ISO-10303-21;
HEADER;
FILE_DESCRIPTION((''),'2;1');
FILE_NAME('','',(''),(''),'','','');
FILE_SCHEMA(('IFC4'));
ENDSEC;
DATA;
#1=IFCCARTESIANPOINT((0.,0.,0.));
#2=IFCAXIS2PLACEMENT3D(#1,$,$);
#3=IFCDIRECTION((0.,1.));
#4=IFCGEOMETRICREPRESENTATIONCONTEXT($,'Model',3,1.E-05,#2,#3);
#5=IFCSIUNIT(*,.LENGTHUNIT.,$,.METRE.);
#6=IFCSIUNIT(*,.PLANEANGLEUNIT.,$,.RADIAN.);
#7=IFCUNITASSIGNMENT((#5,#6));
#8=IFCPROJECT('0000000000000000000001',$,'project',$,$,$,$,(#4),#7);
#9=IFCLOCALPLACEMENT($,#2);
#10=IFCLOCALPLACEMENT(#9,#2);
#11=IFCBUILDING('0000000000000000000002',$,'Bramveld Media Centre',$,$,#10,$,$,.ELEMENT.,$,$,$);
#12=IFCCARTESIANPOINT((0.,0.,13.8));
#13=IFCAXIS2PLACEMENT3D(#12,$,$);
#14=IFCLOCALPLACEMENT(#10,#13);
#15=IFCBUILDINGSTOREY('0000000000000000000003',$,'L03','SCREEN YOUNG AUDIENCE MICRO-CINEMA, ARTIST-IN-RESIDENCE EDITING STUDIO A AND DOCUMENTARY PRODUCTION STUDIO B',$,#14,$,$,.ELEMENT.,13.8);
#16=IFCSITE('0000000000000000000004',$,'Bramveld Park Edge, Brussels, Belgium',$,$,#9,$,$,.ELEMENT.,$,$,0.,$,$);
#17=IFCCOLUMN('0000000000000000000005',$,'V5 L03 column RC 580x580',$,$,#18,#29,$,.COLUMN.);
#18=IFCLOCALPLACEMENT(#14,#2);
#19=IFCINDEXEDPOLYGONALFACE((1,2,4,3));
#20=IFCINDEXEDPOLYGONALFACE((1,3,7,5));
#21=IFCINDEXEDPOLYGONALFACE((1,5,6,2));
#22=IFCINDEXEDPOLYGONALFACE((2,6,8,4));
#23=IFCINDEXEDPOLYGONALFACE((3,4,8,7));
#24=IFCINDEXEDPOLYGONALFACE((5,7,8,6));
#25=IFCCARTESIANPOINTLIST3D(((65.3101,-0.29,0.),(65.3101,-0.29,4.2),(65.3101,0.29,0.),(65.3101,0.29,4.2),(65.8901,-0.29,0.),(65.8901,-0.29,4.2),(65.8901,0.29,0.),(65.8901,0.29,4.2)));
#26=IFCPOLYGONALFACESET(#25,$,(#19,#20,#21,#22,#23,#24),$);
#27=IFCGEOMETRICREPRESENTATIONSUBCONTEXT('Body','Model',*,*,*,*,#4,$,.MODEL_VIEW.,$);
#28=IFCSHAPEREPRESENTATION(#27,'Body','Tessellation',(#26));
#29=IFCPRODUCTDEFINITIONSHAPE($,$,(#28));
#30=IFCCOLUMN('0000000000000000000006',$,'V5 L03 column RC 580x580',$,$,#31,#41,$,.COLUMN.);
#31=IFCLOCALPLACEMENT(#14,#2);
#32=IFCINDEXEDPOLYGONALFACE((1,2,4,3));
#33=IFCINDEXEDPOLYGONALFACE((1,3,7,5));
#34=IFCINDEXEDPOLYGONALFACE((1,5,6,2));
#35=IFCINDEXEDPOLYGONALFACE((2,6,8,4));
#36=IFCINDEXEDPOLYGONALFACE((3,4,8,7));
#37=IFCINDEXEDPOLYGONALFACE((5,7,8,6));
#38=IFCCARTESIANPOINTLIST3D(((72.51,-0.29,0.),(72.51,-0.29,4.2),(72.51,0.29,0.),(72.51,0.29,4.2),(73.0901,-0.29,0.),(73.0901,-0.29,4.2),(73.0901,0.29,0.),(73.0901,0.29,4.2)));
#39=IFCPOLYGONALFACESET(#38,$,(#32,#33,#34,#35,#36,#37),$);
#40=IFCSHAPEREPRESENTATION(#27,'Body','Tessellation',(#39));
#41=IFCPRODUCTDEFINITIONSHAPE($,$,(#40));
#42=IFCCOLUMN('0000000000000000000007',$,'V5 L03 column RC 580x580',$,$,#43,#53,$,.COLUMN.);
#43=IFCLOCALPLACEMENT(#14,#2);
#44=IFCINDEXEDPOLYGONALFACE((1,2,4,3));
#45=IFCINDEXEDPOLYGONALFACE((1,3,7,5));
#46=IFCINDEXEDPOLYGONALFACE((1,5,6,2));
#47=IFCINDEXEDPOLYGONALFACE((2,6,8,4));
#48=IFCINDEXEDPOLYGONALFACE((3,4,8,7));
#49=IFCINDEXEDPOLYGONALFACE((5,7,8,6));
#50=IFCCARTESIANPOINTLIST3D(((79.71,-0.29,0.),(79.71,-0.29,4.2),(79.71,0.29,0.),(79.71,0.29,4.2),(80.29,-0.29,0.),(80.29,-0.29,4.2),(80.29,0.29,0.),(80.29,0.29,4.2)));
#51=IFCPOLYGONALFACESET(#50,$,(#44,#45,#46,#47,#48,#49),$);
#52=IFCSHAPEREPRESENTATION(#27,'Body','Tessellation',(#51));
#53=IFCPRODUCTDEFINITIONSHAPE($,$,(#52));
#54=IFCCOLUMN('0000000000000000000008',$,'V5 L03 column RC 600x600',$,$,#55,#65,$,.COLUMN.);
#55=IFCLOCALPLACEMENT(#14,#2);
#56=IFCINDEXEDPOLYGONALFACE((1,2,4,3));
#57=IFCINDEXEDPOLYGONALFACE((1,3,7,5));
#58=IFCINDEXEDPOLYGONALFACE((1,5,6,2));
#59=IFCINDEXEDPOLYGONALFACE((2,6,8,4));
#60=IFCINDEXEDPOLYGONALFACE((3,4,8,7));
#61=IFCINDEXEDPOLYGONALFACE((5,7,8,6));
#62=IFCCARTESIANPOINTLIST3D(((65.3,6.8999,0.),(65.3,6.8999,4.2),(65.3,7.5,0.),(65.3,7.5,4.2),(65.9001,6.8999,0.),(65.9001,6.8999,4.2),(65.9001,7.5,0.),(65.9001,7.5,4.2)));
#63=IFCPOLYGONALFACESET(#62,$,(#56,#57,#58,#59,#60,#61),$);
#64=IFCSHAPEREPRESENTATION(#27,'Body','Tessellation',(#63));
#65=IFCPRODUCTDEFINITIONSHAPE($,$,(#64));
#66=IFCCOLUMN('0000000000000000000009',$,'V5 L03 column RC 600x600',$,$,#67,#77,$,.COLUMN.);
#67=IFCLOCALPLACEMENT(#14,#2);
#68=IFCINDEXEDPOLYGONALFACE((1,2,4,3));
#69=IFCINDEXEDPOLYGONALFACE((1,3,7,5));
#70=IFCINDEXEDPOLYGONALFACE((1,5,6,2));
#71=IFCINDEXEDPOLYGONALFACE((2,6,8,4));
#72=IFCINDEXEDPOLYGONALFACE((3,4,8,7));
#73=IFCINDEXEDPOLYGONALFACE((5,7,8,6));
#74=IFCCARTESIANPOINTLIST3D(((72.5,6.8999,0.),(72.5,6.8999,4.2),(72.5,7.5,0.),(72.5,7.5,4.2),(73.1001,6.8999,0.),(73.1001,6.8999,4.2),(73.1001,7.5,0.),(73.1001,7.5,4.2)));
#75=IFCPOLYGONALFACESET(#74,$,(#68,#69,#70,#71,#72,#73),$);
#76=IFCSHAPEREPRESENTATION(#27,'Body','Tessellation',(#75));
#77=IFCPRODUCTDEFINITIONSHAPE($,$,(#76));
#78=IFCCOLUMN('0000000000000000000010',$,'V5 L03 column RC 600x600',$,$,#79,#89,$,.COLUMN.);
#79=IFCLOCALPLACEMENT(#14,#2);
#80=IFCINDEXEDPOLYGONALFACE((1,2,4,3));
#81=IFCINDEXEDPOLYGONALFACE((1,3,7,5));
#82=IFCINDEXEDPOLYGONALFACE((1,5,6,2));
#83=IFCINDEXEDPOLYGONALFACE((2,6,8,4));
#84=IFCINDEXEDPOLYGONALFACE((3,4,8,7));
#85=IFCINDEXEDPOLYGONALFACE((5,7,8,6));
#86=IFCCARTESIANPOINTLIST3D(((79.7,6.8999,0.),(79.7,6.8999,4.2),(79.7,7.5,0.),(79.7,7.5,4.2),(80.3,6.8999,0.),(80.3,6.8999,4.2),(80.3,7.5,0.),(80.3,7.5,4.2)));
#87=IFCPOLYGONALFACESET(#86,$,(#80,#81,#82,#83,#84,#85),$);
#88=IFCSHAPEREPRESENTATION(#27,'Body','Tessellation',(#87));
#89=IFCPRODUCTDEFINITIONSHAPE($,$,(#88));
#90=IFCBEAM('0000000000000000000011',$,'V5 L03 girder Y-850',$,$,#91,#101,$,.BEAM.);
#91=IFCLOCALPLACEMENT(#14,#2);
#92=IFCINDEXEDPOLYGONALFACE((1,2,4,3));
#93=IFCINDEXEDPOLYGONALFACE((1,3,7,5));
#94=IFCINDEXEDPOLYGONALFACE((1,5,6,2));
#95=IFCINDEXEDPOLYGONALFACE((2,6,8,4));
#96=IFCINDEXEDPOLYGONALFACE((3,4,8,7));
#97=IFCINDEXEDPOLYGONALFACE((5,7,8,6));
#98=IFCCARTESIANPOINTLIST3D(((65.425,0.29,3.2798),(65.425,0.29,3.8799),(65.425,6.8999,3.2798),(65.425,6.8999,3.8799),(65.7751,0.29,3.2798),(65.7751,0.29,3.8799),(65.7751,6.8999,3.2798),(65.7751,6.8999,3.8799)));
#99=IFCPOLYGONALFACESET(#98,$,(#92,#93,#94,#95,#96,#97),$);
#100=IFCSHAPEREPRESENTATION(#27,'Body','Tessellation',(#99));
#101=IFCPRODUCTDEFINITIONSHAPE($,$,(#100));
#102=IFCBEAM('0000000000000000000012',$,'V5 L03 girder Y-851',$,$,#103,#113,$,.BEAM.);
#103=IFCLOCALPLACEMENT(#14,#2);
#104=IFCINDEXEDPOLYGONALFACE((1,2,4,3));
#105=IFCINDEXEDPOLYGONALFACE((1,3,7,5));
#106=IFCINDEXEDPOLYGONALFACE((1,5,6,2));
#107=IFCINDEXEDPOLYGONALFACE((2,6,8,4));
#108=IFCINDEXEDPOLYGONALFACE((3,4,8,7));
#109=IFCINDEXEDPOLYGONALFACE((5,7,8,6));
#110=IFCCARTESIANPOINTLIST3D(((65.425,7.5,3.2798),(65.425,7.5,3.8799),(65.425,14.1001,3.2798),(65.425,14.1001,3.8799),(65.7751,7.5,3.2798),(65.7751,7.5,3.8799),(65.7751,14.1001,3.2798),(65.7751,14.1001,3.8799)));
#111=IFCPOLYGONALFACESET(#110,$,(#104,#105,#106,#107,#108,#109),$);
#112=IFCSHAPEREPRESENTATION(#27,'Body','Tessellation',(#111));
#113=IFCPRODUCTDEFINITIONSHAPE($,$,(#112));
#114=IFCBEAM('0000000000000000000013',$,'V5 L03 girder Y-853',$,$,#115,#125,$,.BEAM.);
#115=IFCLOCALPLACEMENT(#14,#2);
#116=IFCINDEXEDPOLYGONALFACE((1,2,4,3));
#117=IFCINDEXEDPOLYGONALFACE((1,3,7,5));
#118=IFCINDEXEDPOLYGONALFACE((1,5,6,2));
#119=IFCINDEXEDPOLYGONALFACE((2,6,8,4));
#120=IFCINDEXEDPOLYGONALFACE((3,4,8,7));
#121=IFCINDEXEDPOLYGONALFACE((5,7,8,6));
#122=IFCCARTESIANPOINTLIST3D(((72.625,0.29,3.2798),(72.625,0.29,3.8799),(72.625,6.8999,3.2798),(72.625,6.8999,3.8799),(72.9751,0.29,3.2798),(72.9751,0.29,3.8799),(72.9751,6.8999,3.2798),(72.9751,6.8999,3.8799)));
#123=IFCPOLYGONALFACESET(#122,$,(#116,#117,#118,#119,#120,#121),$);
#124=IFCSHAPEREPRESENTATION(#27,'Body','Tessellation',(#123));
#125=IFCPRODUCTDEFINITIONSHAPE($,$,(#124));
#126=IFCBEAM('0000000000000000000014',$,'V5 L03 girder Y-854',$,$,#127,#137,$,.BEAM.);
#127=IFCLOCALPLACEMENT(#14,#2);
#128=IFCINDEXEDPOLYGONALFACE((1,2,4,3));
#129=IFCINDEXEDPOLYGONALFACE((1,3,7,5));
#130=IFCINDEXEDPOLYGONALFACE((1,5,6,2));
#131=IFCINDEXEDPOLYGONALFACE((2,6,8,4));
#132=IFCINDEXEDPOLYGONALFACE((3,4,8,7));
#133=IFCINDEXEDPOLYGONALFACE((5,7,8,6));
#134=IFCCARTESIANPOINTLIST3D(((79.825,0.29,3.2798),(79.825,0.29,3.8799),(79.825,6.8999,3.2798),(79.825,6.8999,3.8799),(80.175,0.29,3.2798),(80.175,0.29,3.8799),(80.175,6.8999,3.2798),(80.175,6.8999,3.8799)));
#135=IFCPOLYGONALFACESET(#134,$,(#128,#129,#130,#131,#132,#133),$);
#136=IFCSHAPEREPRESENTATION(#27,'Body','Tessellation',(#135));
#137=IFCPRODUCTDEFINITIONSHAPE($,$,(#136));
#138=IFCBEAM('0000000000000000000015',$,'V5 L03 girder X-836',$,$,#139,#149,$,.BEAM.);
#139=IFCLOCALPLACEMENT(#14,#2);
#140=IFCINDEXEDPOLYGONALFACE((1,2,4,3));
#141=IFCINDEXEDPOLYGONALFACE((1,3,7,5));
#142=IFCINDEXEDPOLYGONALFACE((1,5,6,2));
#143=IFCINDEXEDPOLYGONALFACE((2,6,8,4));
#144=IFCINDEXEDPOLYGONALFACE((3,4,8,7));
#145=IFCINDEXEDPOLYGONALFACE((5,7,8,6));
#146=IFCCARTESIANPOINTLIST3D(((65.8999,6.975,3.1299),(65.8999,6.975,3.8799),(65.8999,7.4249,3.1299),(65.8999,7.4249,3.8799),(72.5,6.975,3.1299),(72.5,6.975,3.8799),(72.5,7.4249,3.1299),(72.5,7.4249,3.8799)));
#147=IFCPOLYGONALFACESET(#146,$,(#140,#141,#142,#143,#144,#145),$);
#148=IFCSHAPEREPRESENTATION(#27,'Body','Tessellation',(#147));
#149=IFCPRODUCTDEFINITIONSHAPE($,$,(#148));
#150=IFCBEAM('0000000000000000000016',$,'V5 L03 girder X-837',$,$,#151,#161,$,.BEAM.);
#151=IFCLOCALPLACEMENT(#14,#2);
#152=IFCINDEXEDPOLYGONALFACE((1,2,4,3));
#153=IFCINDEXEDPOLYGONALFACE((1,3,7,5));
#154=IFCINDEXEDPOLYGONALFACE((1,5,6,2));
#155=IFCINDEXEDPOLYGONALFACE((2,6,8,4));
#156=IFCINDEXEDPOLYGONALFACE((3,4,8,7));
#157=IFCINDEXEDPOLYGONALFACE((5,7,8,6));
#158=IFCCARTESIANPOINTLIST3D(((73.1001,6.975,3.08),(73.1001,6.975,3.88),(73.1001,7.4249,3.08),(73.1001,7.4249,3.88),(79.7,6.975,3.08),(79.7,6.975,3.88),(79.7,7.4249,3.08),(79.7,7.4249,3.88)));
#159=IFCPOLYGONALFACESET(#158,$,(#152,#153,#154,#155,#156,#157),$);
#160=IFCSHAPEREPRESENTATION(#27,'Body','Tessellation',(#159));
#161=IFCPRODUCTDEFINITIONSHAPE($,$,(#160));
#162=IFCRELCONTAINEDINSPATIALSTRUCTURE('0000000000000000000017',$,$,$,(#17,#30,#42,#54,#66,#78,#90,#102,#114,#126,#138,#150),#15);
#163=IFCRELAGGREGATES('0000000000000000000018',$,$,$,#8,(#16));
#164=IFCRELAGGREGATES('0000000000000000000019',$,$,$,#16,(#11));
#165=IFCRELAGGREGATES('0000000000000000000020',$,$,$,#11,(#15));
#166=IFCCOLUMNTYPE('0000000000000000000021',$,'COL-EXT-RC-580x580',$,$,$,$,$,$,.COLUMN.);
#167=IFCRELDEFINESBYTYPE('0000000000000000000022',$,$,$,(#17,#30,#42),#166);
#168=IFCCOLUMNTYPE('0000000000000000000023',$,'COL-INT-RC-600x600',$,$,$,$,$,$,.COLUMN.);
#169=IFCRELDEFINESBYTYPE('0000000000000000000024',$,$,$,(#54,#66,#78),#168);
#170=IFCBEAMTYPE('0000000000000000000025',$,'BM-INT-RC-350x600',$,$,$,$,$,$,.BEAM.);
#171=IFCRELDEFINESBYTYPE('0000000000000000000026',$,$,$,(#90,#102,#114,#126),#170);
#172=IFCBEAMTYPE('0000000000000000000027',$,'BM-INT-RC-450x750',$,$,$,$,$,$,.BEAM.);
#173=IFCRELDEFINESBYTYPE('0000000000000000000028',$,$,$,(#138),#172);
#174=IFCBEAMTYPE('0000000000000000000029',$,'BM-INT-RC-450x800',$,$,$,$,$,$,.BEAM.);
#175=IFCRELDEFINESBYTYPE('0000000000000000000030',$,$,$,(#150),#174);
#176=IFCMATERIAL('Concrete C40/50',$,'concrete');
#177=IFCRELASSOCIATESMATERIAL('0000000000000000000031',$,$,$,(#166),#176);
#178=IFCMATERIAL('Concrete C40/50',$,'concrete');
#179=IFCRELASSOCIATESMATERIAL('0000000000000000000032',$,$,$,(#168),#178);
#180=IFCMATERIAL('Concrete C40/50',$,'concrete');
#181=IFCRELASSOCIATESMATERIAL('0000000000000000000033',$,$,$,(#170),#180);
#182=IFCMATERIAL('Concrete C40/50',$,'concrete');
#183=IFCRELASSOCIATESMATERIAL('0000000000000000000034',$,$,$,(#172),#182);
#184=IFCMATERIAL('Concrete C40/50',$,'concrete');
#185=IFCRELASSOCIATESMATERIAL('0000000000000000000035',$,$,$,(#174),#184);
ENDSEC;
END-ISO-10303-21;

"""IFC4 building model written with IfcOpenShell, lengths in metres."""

from ifc_helpers import new_model, si_unit, direction, frame, origin, origin_2d, place, context, subcontext, project, spatial, rectangle, extrude, material, material_profile, profile_set, type_object, element, save


model = new_model("IFC4")

# Units and contexts
model_context = context("Model", 3, precision=1e-05, world=origin(), true_north=direction((0.0, 1.0)))
body_context = subcontext(model_context, "Body", "Model", "MODEL_VIEW")
ifc_project = project(units=[si_unit("LENGTHUNIT", "METRE"), si_unit("PLANEANGLEUNIT", "RADIAN")], contexts=[model_context])

# Site, building, storey
site_placement = place(None, origin())
site = spatial("IfcSite", under=ifc_project, at=site_placement, Name="Bramveld Park Edge, Brussels, Belgium", CompositionType="ELEMENT", RefElevation=0.0)
building_placement = place(site_placement, origin())
building = spatial("IfcBuilding", under=site, at=building_placement, Name="Bramveld Media Centre", CompositionType="ELEMENT")
storey_placement = place(building_placement, frame((0.0, 0.0, 13.8)))
storey = spatial("IfcBuildingStorey", under=building, at=storey_placement, Name="L03", Description="SCREEN YOUNG AUDIENCE MICRO-CINEMA, ARTIST-IN-RESIDENCE EDITING STUDIO A AND DOCUMENTARY PRODUCTION STUDIO B", CompositionType="ELEMENT", Elevation=13.8)

# Columns
ifc_material_1 = material(Name="Concrete C40/50", Category="concrete")
ifc_material_profile_1 = material_profile(ifc_material_1, rectangle(XDim=0.5801, YDim=0.5801, at=origin_2d()), Name="RC 580x580")
ifc_profile_set_1 = profile_set([ifc_material_profile_1], Name="Concrete C40/50")
column_type_1 = type_object("IfcColumnType", Name="COL-EXT-RC-580x580", PredefinedType="COLUMN", material=ifc_profile_set_1)
for number, where, z_axis, x_axis, name in (
    (1, (65.6001, 0.0, 0.0), (0.0, 0.0, 1.0), (1.0, 0.0, 0.0), "V5 L03 column RC 580x580"),
    (2, (72.8, 0.0, 0.0), (0.0, 0.0, 1.0), (1.0, 0.0, 0.0), "V5 L03 column RC 580x580"),
    (3, (80.0, 0.0, 0.0), (0.0, 0.0, 1.0), (1.0, 0.0, 0.0), "V5 L03 column RC 580x580"),
):
    element("IfcColumn", number, at=place(storey_placement, frame(where, z_axis=z_axis, x_axis=x_axis)), inside=storey, type_object=column_type_1, Name=name, PredefinedType="COLUMN", context=body_context, shape_type="SweptSolid", body=[
        extrude(rectangle(XDim=0.5801, YDim=0.5801, at=origin_2d()), origin(), (0.0, 0.0, 1.0), 4.2),
    ])
ifc_material_2 = material(Name="Concrete C40/50", Category="concrete")
ifc_material_profile_2 = material_profile(ifc_material_2, rectangle(XDim=0.6001, YDim=0.6001, at=origin_2d()), Name="RC 600x600")
ifc_profile_set_2 = profile_set([ifc_material_profile_2], Name="Concrete C40/50")
column_type_2 = type_object("IfcColumnType", Name="COL-INT-RC-600x600", PredefinedType="COLUMN", material=ifc_profile_set_2)
for number, where, z_axis, x_axis, name in (
    (4, (65.6001, 7.2, 0.0), (0.0, 0.0, 1.0), (1.0, 0.0, 0.0), "V5 L03 column RC 600x600"),
    (5, (72.8, 7.2, 0.0), (0.0, 0.0, 1.0), (1.0, 0.0, 0.0), "V5 L03 column RC 600x600"),
    (6, (80.0, 7.2, 0.0), (0.0, 0.0, 1.0), (1.0, 0.0, 0.0), "V5 L03 column RC 600x600"),
):
    element("IfcColumn", number, at=place(storey_placement, frame(where, z_axis=z_axis, x_axis=x_axis)), inside=storey, type_object=column_type_2, Name=name, PredefinedType="COLUMN", context=body_context, shape_type="SweptSolid", body=[
        extrude(rectangle(XDim=0.6001, YDim=0.6001, at=origin_2d()), origin(), (0.0, 0.0, 1.0), 4.2),
    ])

# Beams
ifc_material_3 = material(Name="Concrete C40/50", Category="concrete")
ifc_material_profile_3 = material_profile(ifc_material_3, rectangle(XDim=0.3501, YDim=0.6001, at=origin_2d()), Name="RC 350x600")
ifc_profile_set_3 = profile_set([ifc_material_profile_3], Name="Concrete C40/50")
beam_type_1 = type_object("IfcBeamType", Name="BM-INT-RC-350x600", PredefinedType="BEAM", material=ifc_profile_set_3)
beam_1_placement = place(storey_placement, frame((65.6001, 0.29, 3.5798), z_axis=(0.0, 1.0, 0.0), x_axis=(-1.0, 0.0, 0.0)))
element("IfcBeam", 7, at=beam_1_placement, inside=storey, type_object=beam_type_1, Name="V5 L03 girder Y-850", PredefinedType="BEAM", context=body_context, shape_type="SweptSolid", body=[
    extrude(rectangle(XDim=0.3501, YDim=0.6001, at=origin_2d()), origin(), (0.0, 0.0, 1.0), 6.6099),
])
beam_2_placement = place(storey_placement, frame((65.6001, 7.5, 3.5798), z_axis=(0.0, 1.0, 0.0), x_axis=(-1.0, 0.0, 0.0)))
element("IfcBeam", 8, at=beam_2_placement, inside=storey, type_object=beam_type_1, Name="V5 L03 girder Y-851", PredefinedType="BEAM", context=body_context, shape_type="SweptSolid", body=[
    extrude(rectangle(XDim=0.3501, YDim=0.6001, at=origin_2d()), origin(), (0.0, 0.0, 1.0), 6.6001),
])
for number, where, z_axis, x_axis, name in (
    (9, (72.8, 0.29, 3.5798), (0.0, 1.0, 0.0), (-1.0, 0.0, 0.0), "V5 L03 girder Y-853"),
    (10, (80.0, 0.29, 3.5798), (0.0, 1.0, 0.0), (-1.0, 0.0, 0.0), "V5 L03 girder Y-854"),
):
    element("IfcBeam", number, at=place(storey_placement, frame(where, z_axis=z_axis, x_axis=x_axis)), inside=storey, type_object=beam_type_1, Name=name, PredefinedType="BEAM", context=body_context, shape_type="SweptSolid", body=[
        extrude(rectangle(XDim=0.3501, YDim=0.6001, at=origin_2d()), origin(), (0.0, 0.0, 1.0), 6.6099),
    ])
ifc_material_4 = material(Name="Concrete C40/50", Category="concrete")
ifc_material_profile_4 = material_profile(ifc_material_4, rectangle(XDim=0.45, YDim=0.75, at=origin_2d()), Name="RC 450x750")
ifc_profile_set_4 = profile_set([ifc_material_profile_4], Name="Concrete C40/50")
beam_type_2 = type_object("IfcBeamType", Name="BM-INT-RC-450x750", PredefinedType="BEAM", material=ifc_profile_set_4)
beam_3_placement = place(storey_placement, frame((65.8999, 7.2, 3.5049), z_axis=(1.0, 0.0, 0.0), x_axis=(0.0, 1.0, 0.0)))
element("IfcBeam", 11, at=beam_3_placement, inside=storey, type_object=beam_type_2, Name="V5 L03 girder X-836", PredefinedType="BEAM", context=body_context, shape_type="SweptSolid", body=[
    extrude(rectangle(XDim=0.45, YDim=0.75, at=origin_2d()), origin(), (0.0, 0.0, 1.0), 6.6001),
])
ifc_material_5 = material(Name="Concrete C40/50", Category="concrete")
ifc_material_profile_5 = material_profile(ifc_material_5, rectangle(XDim=0.45, YDim=0.8, at=origin_2d()), Name="RC 450x800")
ifc_profile_set_5 = profile_set([ifc_material_profile_5], Name="Concrete C40/50")
beam_type_3 = type_object("IfcBeamType", Name="BM-INT-RC-450x800", PredefinedType="BEAM", material=ifc_profile_set_5)
beam_4_placement = place(storey_placement, frame((73.1001, 7.2, 3.48), z_axis=(1.0, 0.0, 0.0), x_axis=(0.0, 1.0, 0.0)))
element("IfcBeam", 12, at=beam_4_placement, inside=storey, type_object=beam_type_3, Name="V5 L03 girder X-837", PredefinedType="BEAM", context=body_context, shape_type="SweptSolid", body=[
    extrude(rectangle(XDim=0.45, YDim=0.8, at=origin_2d()), origin(), (0.0, 0.0, 1.0), 6.5999),
])

save(model, "model.ifc")
